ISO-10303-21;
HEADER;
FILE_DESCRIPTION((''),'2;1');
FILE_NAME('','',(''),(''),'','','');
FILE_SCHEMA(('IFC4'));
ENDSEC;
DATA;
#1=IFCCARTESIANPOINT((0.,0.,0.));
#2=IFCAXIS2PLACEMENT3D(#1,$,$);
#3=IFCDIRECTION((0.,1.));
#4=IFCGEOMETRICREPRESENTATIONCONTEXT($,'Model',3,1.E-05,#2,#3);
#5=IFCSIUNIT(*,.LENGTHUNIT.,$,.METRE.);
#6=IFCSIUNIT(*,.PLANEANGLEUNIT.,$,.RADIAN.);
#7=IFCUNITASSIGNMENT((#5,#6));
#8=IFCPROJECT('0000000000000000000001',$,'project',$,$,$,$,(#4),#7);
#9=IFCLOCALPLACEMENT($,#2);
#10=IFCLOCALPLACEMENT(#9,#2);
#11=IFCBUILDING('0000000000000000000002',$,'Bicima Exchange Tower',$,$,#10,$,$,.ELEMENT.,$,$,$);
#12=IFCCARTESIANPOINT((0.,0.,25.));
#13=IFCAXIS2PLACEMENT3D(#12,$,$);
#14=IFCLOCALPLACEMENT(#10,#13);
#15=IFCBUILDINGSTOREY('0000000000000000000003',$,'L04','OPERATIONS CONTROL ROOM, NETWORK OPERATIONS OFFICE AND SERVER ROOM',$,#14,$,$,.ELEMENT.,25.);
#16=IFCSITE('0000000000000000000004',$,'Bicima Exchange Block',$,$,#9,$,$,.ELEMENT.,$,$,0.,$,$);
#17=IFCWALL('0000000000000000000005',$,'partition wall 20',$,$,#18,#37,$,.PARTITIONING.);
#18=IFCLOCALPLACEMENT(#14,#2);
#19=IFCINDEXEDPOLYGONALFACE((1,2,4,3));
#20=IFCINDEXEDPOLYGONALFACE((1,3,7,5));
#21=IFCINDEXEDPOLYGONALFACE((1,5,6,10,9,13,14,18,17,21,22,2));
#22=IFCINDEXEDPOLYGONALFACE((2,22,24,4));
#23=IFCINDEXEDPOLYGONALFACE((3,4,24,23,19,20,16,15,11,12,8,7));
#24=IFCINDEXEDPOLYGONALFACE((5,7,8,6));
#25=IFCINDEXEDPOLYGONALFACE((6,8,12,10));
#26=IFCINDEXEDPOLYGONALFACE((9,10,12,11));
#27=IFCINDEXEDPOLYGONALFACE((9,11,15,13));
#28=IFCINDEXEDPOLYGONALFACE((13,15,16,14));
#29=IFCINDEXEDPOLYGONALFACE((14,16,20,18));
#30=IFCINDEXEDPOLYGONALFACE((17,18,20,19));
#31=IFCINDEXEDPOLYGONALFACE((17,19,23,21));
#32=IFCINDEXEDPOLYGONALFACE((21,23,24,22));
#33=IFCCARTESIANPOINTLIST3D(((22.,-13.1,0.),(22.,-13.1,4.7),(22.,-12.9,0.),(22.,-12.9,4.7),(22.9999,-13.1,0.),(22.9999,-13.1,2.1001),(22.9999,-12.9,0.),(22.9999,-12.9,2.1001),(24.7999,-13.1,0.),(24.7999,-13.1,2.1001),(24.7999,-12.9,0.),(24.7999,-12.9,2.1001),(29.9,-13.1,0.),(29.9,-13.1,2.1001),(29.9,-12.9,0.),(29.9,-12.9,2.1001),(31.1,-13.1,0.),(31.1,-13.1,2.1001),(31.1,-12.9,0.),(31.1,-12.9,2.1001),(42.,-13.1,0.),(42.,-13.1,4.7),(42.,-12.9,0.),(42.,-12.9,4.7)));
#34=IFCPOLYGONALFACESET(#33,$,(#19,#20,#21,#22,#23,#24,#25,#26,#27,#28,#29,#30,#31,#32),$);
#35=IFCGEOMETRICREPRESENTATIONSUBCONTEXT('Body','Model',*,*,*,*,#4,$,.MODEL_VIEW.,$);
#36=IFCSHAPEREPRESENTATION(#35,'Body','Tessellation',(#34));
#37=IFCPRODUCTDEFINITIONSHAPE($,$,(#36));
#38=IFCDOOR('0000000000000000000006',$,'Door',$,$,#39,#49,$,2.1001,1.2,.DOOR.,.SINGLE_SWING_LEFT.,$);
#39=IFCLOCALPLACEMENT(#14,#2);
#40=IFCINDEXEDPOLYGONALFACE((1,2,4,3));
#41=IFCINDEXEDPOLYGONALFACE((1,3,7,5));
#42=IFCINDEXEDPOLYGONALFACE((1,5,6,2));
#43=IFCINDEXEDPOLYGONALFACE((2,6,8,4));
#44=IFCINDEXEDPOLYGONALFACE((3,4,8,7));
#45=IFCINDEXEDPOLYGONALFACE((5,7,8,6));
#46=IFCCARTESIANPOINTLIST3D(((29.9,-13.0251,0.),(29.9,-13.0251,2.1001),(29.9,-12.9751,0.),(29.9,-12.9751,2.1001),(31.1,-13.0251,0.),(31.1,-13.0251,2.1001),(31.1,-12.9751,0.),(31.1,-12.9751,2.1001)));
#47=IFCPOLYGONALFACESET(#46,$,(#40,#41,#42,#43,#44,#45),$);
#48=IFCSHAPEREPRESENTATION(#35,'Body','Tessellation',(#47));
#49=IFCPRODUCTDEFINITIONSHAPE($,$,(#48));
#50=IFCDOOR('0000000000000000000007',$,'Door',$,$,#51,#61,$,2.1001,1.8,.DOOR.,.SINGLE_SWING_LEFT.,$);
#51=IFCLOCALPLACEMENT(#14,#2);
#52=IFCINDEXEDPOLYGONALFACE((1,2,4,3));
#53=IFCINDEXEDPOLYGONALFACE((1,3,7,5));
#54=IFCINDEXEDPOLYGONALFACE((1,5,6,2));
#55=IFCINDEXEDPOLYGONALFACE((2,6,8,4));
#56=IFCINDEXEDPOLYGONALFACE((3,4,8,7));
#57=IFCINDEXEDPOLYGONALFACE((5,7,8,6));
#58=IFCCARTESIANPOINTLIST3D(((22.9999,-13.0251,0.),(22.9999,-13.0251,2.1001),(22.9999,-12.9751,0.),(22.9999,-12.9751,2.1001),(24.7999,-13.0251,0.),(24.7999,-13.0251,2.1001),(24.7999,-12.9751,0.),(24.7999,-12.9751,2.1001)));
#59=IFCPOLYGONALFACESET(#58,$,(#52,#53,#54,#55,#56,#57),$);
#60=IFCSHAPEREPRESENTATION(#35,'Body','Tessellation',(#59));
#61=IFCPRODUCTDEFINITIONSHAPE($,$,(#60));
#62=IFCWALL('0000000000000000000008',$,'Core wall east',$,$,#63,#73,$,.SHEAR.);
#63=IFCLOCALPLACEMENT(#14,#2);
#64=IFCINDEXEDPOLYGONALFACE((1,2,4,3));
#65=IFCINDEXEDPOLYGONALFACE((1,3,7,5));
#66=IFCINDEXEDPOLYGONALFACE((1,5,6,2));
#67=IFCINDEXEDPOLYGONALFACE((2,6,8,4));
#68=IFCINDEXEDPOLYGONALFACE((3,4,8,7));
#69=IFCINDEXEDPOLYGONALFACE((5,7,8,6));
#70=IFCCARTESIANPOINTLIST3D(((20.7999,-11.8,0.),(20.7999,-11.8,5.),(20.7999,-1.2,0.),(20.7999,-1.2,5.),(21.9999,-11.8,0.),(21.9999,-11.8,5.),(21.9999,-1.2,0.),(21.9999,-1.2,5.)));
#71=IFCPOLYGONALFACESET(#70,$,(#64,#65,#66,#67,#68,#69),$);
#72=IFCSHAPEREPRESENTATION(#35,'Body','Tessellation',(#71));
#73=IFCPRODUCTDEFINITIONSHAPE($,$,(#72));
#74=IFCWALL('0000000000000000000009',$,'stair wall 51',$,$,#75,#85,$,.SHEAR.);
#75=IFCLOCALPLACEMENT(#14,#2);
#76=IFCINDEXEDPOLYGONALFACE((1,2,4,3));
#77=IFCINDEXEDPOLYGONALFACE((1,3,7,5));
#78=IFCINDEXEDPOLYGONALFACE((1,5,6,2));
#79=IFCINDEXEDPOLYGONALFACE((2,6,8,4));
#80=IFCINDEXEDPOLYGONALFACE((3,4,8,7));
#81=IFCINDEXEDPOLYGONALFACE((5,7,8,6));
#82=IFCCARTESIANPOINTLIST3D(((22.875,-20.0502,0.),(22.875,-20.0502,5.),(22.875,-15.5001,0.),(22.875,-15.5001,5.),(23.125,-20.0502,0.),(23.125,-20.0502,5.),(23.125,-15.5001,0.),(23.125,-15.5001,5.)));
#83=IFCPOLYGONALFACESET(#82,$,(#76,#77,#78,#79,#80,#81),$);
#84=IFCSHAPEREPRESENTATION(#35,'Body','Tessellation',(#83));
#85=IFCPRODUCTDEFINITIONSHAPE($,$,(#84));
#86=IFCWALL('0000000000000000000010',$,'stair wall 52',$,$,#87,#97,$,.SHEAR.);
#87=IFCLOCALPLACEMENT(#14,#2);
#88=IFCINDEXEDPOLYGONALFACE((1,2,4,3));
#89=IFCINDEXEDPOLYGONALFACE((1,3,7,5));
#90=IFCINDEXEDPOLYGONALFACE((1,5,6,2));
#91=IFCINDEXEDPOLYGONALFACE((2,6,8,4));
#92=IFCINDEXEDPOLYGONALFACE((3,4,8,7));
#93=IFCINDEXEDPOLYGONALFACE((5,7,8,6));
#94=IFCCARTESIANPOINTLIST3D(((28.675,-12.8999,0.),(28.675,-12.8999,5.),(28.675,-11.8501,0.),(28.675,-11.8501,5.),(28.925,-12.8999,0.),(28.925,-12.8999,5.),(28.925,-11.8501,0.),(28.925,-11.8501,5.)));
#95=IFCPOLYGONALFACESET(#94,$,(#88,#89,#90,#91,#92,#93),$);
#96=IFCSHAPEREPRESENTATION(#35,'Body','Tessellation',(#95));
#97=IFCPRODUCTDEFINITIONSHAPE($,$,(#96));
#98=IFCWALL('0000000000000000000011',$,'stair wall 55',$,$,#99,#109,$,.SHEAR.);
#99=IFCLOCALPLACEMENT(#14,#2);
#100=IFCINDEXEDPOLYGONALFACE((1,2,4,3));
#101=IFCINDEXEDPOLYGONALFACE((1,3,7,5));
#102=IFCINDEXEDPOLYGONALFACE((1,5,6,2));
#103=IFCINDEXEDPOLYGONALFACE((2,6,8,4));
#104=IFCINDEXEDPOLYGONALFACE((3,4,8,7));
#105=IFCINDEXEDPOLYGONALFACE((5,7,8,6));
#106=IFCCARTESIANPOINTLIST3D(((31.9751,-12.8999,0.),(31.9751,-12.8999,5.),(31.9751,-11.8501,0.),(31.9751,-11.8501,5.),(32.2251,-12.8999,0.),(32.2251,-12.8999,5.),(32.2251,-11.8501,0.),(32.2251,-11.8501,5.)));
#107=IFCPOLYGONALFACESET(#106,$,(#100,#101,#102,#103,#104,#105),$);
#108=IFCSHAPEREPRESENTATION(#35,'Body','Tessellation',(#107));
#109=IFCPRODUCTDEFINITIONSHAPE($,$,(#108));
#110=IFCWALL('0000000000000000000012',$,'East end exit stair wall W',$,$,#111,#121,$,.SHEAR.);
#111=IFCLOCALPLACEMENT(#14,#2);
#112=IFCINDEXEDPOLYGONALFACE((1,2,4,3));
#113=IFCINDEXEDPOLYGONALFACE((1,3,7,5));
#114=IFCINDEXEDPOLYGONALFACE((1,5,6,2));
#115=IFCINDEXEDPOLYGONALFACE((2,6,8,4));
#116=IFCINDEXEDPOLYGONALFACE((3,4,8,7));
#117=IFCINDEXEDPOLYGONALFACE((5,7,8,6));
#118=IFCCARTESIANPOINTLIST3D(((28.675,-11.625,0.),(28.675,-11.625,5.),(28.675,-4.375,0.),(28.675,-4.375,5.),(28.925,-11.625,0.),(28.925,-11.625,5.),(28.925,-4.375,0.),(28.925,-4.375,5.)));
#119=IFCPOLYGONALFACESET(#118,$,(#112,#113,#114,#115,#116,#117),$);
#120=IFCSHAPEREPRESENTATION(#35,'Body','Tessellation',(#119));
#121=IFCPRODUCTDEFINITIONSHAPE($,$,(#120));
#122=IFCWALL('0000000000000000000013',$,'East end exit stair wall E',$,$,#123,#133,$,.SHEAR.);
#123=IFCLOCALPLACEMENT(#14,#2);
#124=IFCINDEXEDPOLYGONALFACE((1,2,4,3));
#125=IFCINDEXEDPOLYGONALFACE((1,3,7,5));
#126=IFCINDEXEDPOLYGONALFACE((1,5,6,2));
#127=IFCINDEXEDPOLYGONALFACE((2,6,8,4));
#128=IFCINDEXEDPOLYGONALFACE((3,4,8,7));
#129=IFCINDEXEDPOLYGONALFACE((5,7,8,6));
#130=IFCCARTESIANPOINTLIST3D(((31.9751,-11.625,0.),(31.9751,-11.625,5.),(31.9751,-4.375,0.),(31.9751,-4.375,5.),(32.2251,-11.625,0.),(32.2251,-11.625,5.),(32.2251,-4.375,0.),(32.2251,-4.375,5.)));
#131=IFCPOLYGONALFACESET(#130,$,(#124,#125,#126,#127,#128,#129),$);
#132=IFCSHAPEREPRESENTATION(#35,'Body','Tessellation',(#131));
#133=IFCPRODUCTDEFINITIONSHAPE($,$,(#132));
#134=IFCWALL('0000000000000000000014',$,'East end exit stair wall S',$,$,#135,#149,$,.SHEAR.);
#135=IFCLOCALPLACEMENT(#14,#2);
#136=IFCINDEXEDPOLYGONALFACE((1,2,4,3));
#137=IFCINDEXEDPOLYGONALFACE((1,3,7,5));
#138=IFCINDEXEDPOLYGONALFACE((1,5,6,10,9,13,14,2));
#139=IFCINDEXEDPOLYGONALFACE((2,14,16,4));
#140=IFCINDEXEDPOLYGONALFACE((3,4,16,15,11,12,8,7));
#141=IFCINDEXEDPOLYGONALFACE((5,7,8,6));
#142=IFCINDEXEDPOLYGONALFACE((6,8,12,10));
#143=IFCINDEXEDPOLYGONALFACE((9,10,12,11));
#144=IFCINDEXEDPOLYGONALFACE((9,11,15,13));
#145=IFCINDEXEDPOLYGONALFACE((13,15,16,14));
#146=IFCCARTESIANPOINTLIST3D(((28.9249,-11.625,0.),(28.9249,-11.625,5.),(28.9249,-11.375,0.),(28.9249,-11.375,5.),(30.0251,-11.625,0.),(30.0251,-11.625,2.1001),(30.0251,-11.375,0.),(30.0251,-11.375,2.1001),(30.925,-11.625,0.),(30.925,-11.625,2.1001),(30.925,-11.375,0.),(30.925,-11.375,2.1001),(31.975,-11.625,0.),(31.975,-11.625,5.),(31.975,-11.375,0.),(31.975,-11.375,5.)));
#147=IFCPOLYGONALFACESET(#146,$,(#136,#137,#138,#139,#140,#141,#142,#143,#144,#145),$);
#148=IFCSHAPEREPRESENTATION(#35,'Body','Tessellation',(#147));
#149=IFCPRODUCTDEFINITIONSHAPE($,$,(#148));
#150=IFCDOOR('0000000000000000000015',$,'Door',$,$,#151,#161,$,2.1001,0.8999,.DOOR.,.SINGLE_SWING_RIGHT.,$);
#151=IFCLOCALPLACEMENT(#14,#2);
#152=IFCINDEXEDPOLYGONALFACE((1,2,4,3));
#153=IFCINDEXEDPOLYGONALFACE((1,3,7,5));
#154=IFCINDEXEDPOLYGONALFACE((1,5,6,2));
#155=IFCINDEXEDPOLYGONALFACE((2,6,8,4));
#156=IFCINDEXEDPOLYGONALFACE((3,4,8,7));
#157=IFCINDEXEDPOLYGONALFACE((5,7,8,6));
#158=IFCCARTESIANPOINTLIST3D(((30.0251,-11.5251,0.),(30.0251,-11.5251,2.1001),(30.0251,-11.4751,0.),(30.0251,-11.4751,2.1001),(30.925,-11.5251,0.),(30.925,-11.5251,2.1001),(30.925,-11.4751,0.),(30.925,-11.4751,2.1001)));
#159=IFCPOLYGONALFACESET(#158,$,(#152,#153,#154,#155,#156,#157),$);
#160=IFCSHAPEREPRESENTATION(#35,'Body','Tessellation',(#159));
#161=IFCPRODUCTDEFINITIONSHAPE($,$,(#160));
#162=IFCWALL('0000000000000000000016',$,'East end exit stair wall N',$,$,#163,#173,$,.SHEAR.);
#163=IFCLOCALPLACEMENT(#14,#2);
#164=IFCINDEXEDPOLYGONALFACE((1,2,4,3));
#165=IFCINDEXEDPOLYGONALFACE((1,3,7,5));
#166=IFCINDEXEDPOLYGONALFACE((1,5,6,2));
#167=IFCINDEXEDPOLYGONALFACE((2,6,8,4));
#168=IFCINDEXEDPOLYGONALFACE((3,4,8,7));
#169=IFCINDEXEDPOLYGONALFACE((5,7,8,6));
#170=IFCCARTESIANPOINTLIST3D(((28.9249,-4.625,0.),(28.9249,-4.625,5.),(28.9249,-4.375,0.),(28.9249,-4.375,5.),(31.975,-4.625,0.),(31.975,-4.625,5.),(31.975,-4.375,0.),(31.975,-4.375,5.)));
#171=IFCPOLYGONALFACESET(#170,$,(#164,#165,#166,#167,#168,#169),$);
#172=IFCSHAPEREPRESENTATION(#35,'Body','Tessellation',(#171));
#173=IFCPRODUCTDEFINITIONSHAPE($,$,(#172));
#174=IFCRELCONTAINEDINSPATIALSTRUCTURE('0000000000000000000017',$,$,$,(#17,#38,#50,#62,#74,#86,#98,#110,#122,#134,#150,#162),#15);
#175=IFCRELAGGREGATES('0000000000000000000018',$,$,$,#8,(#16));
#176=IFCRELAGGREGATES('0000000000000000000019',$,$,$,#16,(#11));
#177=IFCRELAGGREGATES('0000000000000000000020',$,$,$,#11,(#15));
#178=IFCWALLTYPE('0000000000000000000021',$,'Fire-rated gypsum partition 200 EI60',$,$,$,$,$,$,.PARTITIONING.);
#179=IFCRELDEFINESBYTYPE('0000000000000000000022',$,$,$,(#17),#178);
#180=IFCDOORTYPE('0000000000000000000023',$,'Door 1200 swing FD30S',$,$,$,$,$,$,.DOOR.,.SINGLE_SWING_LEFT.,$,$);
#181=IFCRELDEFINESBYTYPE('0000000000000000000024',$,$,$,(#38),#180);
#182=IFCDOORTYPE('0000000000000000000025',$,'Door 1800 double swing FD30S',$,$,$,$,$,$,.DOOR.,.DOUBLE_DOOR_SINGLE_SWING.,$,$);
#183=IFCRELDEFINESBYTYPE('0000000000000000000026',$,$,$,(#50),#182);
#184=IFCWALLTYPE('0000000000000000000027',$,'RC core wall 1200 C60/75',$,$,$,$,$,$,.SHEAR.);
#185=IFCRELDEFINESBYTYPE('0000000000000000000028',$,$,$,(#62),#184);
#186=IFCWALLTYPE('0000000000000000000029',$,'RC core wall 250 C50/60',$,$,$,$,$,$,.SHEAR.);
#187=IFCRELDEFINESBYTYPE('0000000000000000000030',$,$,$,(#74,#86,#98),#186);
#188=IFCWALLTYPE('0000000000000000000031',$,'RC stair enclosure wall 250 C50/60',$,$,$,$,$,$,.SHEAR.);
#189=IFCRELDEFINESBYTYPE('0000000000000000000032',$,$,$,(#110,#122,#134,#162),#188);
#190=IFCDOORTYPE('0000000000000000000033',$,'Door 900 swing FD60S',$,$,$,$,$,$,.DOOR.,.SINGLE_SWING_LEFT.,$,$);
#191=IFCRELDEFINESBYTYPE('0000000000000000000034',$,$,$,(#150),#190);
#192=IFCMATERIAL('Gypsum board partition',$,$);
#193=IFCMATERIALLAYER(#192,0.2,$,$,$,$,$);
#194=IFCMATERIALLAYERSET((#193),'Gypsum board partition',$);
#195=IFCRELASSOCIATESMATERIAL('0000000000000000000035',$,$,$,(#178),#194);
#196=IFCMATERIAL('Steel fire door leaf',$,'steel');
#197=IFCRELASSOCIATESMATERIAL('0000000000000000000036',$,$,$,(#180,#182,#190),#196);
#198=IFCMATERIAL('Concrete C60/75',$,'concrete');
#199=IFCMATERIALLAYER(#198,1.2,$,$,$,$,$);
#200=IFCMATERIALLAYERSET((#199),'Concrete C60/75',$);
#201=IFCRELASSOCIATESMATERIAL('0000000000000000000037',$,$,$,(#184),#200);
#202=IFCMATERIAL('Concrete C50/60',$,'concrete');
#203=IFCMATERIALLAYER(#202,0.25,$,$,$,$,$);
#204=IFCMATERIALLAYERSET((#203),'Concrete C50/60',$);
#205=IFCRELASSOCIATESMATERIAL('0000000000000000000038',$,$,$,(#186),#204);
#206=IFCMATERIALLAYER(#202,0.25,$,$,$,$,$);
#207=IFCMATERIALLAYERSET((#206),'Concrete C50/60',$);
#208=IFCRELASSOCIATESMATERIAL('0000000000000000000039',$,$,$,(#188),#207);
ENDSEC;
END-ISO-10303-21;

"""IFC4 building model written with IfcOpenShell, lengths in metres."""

from ifc_helpers import new_model, si_unit, direction, frame, frame_2d, origin, place, context, subcontext, project, spatial, rectangle, extrude, material, layer, layer_set, type_object, element, fill, save


model = new_model("IFC4")

# Units and contexts
model_context = context("Model", 3, precision=1e-05, world=origin(), true_north=direction((0.0, 1.0)))
body_context = subcontext(model_context, "Body", "Model", "MODEL_VIEW")
ifc_project = project(units=[si_unit("LENGTHUNIT", "METRE"), si_unit("PLANEANGLEUNIT", "RADIAN")], contexts=[model_context])

# Site, building, storey
site_placement = place(None, origin())
site = spatial("IfcSite", under=ifc_project, at=site_placement, Name="Bicima Exchange Block", CompositionType="ELEMENT", RefElevation=0.0)
building_placement = place(site_placement, origin())
building = spatial("IfcBuilding", under=site, at=building_placement, Name="Bicima Exchange Tower", CompositionType="ELEMENT")
storey_placement = place(building_placement, frame((0.0, 0.0, 25.0)))
storey = spatial("IfcBuildingStorey", under=building, at=storey_placement, Name="L04", Description="OPERATIONS CONTROL ROOM, NETWORK OPERATIONS OFFICE AND SERVER ROOM", CompositionType="ELEMENT", Elevation=25.0)

# Shared definitions
ifc_material_1 = material(Name="Concrete C60/75", Category="concrete")

# Wall, openings, doors
ifc_material_2 = material(Name="Gypsum board partition")
ifc_layer_1 = layer(ifc_material_2, 0.2)
ifc_layer_set_1 = layer_set([ifc_layer_1], Name="Gypsum board partition")
wall_type_1 = type_object("IfcWallType", Name="Fire-rated gypsum partition 200 EI60", PredefinedType="PARTITIONING", material=ifc_layer_set_1)
wall_1_placement = place(storey_placement, frame((22.0, -13.0, 0.0), z_axis=(0.0, 0.0, 1.0), x_axis=(1.0, 0.0, 0.0)))
wall_1 = element("IfcWall", 1, at=wall_1_placement, inside=storey, type_object=wall_type_1, Name="partition wall 20", PredefinedType="PARTITIONING", context=body_context, shape_type="SweptSolid", body=[
    extrude(rectangle(XDim=20.0, YDim=0.2, at=frame_2d((10.0, 0.0))), origin(), (0.0, 0.0, 1.0), 4.7),
])
opening_1_placement = place(wall_1_placement, frame((7.8999, 0.0, 0.0)))
opening_1 = element("IfcOpeningElement", 2, at=opening_1_placement, cuts=wall_1, PredefinedType="OPENING", context=body_context, shape_type="SweptSolid", body=[
    extrude(rectangle(XDim=1.2, YDim=2.1001, at=frame_2d((0.6001, 1.05))), frame((0.0, 0.1118, 0.0), z_axis=(0.0, -1.0, 0.0), x_axis=(1.0, 0.0, 0.0)), (0.0, 0.0, 1.0), 0.2239),
])
opening_2_placement = place(wall_1_placement, frame((1.0, 0.0, 0.0)))
opening_2 = element("IfcOpeningElement", 3, at=opening_2_placement, cuts=wall_1, PredefinedType="OPENING", context=body_context, shape_type="SweptSolid", body=[
    extrude(rectangle(XDim=1.8, YDim=2.1001, at=frame_2d((0.8999, 1.05))), frame((0.0, 0.1118, 0.0), z_axis=(0.0, -1.0, 0.0), x_axis=(1.0, 0.0, 0.0)), (0.0, 0.0, 1.0), 0.2239),
])
ifc_material_3 = material(Name="Steel fire door leaf", Category="steel")
door_type_1 = type_object("IfcDoorType", Name="Door 1200 swing FD30S", OperationType="SINGLE_SWING_LEFT", PredefinedType="DOOR", material=ifc_material_3)
door_1_placement = place(opening_1_placement, origin())
door_1 = element("IfcDoor", 4, at=door_1_placement, inside=storey, type_object=door_type_1, Name="Door", OperationType="SINGLE_SWING_LEFT", OverallHeight=2.1001, OverallWidth=1.2, PredefinedType="DOOR", context=body_context, shape_type="SweptSolid", body=[
    extrude(rectangle(XDim=1.2, YDim=2.1001, at=frame_2d((0.6001, 1.05))), frame((0.0, 0.0249, 0.0), z_axis=(0.0, -1.0, 0.0), x_axis=(1.0, 0.0, 0.0)), (0.0, 0.0, 1.0), 0.05),
])
fill(opening_1, door_1)
door_type_2 = type_object("IfcDoorType", Name="Door 1800 double swing FD30S", OperationType="DOUBLE_DOOR_SINGLE_SWING", PredefinedType="DOOR", material=ifc_material_3)
door_2_placement = place(opening_2_placement, origin())
door_2 = element("IfcDoor", 5, at=door_2_placement, inside=storey, type_object=door_type_2, Name="Door", OperationType="SINGLE_SWING_LEFT", OverallHeight=2.1001, OverallWidth=1.8, PredefinedType="DOOR", context=body_context, shape_type="SweptSolid", body=[
    extrude(rectangle(XDim=1.8, YDim=2.1001, at=frame_2d((0.8999, 1.05))), frame((0.0, 0.0249, 0.0), z_axis=(0.0, -1.0, 0.0), x_axis=(1.0, 0.0, 0.0)), (0.0, 0.0, 1.0), 0.05),
])
fill(opening_2, door_2)

# Walls
ifc_layer_2 = layer(ifc_material_1, 1.2)
ifc_layer_set_2 = layer_set([ifc_layer_2], Name="Concrete C60/75")
wall_type_2 = type_object("IfcWallType", Name="RC core wall 1200 C60/75", PredefinedType="SHEAR", material=ifc_layer_set_2)
wall_2_placement = place(storey_placement, frame((21.3999, -11.8, 0.0), z_axis=(0.0, 0.0, 1.0), x_axis=(0.0, 1.0, 0.0)))
element("IfcWall", 6, at=wall_2_placement, inside=storey, type_object=wall_type_2, Name="Core wall east", PredefinedType="SHEAR", context=body_context, shape_type="SweptSolid", body=[
    extrude(rectangle(XDim=10.6001, YDim=1.2, at=frame_2d((5.3, 0.0))), origin(), (0.0, 0.0, 1.0), 5.0),
])
ifc_material_4 = material(Name="Concrete C50/60", Category="concrete")
ifc_layer_3 = layer(ifc_material_4, 0.25)
ifc_layer_set_3 = layer_set([ifc_layer_3], Name="Concrete C50/60")
wall_type_3 = type_object("IfcWallType", Name="RC core wall 250 C50/60", PredefinedType="SHEAR", material=ifc_layer_set_3)
wall_3_placement = place(storey_placement, frame((23.0, -20.05, 0.0), z_axis=(0.0, 0.0, 1.0), x_axis=(0.0, 1.0, 0.0)))
element("IfcWall", 7, at=wall_3_placement, inside=storey, type_object=wall_type_3, Name="stair wall 51", PredefinedType="SHEAR", context=body_context, shape_type="SweptSolid", body=[
    extrude(rectangle(XDim=4.55, YDim=0.25, at=frame_2d((2.2749, 0.0))), origin(), (0.0, 0.0, 1.0), 5.0),
])
for number, where, z_axis, x_axis, name in (
    (8, (28.8, -12.8999, 0.0), (0.0, 0.0, 1.0), (0.0, 1.0, 0.0), "stair wall 52"),
    (9, (32.1001, -12.8999, 0.0), (0.0, 0.0, 1.0), (0.0, 1.0, 0.0), "stair wall 55"),
):
    element("IfcWall", number, at=place(storey_placement, frame(where, z_axis=z_axis, x_axis=x_axis)), inside=storey, type_object=wall_type_3, Name=name, PredefinedType="SHEAR", context=body_context, shape_type="SweptSolid", body=[
        extrude(rectangle(XDim=1.0498, YDim=0.25, at=frame_2d((0.5249, 0.0))), origin(), (0.0, 0.0, 1.0), 5.0),
    ])
ifc_layer_4 = layer(ifc_material_4, 0.25)
ifc_layer_set_4 = layer_set([ifc_layer_4], Name="Concrete C50/60")
wall_type_4 = type_object("IfcWallType", Name="RC stair enclosure wall 250 C50/60", PredefinedType="SHEAR", material=ifc_layer_set_4)
for number, where, z_axis, x_axis, name in (
    (10, (28.8, -11.625, 0.0), (0.0, 0.0, 1.0), (0.0, 1.0, 0.0), "East end exit stair wall W"),
    (11, (32.1001, -11.625, 0.0), (0.0, 0.0, 1.0), (0.0, 1.0, 0.0), "East end exit stair wall E"),
):
    element("IfcWall", number, at=place(storey_placement, frame(where, z_axis=z_axis, x_axis=x_axis)), inside=storey, type_object=wall_type_4, Name=name, PredefinedType="SHEAR", context=body_context, shape_type="SweptSolid", body=[
        extrude(rectangle(XDim=7.25, YDim=0.25, at=frame_2d((3.625, 0.0))), origin(), (0.0, 0.0, 1.0), 5.0),
    ])

# Wall, opening, door
wall_4_placement = place(storey_placement, frame((28.925, -11.5, 0.0), z_axis=(0.0, 0.0, 1.0), x_axis=(1.0, 0.0, 0.0)))
wall_4 = element("IfcWall", 12, at=wall_4_placement, inside=storey, type_object=wall_type_4, Name="East end exit stair wall S", PredefinedType="SHEAR", context=body_context, shape_type="SweptSolid", body=[
    extrude(rectangle(XDim=3.05, YDim=0.25, at=frame_2d((1.5249, 0.0))), origin(), (0.0, 0.0, 1.0), 5.0),
])
opening_3_placement = place(wall_4_placement, frame((1.1001, 0.0, 0.0)))
opening_3 = element("IfcOpeningElement", 13, at=opening_3_placement, cuts=wall_4, PredefinedType="OPENING", context=body_context, shape_type="SweptSolid", body=[
    extrude(rectangle(XDim=0.8999, YDim=2.1001, at=frame_2d((0.45, 1.05))), frame((0.0, 0.137, 0.0), z_axis=(0.0, -1.0, 0.0), x_axis=(1.0, 0.0, 0.0)), (0.0, 0.0, 1.0), 0.2739),
])
door_type_3 = type_object("IfcDoorType", Name="Door 900 swing FD60S", OperationType="SINGLE_SWING_LEFT", PredefinedType="DOOR", material=ifc_material_3)
door_3_placement = place(opening_3_placement, origin())
door_3 = element("IfcDoor", 14, at=door_3_placement, inside=storey, type_object=door_type_3, Name="Door", OperationType="SINGLE_SWING_RIGHT", OverallHeight=2.1001, OverallWidth=0.8999, PredefinedType="DOOR", context=body_context, shape_type="SweptSolid", body=[
    extrude(rectangle(XDim=0.8999, YDim=2.1001, at=frame_2d((0.45, 1.05))), frame((0.0, 0.0249, 0.0), z_axis=(0.0, -1.0, 0.0), x_axis=(1.0, 0.0, 0.0)), (0.0, 0.0, 1.0), 0.05),
])
fill(opening_3, door_3)

# Wall
wall_5_placement = place(storey_placement, frame((28.925, -4.5, 0.0), z_axis=(0.0, 0.0, 1.0), x_axis=(1.0, 0.0, 0.0)))
element("IfcWall", 15, at=wall_5_placement, inside=storey, type_object=wall_type_4, Name="East end exit stair wall N", PredefinedType="SHEAR", context=body_context, shape_type="SweptSolid", body=[
    extrude(rectangle(XDim=3.05, YDim=0.25, at=frame_2d((1.5249, 0.0))), origin(), (0.0, 0.0, 1.0), 5.0),
])

save(model, "model.ifc")
